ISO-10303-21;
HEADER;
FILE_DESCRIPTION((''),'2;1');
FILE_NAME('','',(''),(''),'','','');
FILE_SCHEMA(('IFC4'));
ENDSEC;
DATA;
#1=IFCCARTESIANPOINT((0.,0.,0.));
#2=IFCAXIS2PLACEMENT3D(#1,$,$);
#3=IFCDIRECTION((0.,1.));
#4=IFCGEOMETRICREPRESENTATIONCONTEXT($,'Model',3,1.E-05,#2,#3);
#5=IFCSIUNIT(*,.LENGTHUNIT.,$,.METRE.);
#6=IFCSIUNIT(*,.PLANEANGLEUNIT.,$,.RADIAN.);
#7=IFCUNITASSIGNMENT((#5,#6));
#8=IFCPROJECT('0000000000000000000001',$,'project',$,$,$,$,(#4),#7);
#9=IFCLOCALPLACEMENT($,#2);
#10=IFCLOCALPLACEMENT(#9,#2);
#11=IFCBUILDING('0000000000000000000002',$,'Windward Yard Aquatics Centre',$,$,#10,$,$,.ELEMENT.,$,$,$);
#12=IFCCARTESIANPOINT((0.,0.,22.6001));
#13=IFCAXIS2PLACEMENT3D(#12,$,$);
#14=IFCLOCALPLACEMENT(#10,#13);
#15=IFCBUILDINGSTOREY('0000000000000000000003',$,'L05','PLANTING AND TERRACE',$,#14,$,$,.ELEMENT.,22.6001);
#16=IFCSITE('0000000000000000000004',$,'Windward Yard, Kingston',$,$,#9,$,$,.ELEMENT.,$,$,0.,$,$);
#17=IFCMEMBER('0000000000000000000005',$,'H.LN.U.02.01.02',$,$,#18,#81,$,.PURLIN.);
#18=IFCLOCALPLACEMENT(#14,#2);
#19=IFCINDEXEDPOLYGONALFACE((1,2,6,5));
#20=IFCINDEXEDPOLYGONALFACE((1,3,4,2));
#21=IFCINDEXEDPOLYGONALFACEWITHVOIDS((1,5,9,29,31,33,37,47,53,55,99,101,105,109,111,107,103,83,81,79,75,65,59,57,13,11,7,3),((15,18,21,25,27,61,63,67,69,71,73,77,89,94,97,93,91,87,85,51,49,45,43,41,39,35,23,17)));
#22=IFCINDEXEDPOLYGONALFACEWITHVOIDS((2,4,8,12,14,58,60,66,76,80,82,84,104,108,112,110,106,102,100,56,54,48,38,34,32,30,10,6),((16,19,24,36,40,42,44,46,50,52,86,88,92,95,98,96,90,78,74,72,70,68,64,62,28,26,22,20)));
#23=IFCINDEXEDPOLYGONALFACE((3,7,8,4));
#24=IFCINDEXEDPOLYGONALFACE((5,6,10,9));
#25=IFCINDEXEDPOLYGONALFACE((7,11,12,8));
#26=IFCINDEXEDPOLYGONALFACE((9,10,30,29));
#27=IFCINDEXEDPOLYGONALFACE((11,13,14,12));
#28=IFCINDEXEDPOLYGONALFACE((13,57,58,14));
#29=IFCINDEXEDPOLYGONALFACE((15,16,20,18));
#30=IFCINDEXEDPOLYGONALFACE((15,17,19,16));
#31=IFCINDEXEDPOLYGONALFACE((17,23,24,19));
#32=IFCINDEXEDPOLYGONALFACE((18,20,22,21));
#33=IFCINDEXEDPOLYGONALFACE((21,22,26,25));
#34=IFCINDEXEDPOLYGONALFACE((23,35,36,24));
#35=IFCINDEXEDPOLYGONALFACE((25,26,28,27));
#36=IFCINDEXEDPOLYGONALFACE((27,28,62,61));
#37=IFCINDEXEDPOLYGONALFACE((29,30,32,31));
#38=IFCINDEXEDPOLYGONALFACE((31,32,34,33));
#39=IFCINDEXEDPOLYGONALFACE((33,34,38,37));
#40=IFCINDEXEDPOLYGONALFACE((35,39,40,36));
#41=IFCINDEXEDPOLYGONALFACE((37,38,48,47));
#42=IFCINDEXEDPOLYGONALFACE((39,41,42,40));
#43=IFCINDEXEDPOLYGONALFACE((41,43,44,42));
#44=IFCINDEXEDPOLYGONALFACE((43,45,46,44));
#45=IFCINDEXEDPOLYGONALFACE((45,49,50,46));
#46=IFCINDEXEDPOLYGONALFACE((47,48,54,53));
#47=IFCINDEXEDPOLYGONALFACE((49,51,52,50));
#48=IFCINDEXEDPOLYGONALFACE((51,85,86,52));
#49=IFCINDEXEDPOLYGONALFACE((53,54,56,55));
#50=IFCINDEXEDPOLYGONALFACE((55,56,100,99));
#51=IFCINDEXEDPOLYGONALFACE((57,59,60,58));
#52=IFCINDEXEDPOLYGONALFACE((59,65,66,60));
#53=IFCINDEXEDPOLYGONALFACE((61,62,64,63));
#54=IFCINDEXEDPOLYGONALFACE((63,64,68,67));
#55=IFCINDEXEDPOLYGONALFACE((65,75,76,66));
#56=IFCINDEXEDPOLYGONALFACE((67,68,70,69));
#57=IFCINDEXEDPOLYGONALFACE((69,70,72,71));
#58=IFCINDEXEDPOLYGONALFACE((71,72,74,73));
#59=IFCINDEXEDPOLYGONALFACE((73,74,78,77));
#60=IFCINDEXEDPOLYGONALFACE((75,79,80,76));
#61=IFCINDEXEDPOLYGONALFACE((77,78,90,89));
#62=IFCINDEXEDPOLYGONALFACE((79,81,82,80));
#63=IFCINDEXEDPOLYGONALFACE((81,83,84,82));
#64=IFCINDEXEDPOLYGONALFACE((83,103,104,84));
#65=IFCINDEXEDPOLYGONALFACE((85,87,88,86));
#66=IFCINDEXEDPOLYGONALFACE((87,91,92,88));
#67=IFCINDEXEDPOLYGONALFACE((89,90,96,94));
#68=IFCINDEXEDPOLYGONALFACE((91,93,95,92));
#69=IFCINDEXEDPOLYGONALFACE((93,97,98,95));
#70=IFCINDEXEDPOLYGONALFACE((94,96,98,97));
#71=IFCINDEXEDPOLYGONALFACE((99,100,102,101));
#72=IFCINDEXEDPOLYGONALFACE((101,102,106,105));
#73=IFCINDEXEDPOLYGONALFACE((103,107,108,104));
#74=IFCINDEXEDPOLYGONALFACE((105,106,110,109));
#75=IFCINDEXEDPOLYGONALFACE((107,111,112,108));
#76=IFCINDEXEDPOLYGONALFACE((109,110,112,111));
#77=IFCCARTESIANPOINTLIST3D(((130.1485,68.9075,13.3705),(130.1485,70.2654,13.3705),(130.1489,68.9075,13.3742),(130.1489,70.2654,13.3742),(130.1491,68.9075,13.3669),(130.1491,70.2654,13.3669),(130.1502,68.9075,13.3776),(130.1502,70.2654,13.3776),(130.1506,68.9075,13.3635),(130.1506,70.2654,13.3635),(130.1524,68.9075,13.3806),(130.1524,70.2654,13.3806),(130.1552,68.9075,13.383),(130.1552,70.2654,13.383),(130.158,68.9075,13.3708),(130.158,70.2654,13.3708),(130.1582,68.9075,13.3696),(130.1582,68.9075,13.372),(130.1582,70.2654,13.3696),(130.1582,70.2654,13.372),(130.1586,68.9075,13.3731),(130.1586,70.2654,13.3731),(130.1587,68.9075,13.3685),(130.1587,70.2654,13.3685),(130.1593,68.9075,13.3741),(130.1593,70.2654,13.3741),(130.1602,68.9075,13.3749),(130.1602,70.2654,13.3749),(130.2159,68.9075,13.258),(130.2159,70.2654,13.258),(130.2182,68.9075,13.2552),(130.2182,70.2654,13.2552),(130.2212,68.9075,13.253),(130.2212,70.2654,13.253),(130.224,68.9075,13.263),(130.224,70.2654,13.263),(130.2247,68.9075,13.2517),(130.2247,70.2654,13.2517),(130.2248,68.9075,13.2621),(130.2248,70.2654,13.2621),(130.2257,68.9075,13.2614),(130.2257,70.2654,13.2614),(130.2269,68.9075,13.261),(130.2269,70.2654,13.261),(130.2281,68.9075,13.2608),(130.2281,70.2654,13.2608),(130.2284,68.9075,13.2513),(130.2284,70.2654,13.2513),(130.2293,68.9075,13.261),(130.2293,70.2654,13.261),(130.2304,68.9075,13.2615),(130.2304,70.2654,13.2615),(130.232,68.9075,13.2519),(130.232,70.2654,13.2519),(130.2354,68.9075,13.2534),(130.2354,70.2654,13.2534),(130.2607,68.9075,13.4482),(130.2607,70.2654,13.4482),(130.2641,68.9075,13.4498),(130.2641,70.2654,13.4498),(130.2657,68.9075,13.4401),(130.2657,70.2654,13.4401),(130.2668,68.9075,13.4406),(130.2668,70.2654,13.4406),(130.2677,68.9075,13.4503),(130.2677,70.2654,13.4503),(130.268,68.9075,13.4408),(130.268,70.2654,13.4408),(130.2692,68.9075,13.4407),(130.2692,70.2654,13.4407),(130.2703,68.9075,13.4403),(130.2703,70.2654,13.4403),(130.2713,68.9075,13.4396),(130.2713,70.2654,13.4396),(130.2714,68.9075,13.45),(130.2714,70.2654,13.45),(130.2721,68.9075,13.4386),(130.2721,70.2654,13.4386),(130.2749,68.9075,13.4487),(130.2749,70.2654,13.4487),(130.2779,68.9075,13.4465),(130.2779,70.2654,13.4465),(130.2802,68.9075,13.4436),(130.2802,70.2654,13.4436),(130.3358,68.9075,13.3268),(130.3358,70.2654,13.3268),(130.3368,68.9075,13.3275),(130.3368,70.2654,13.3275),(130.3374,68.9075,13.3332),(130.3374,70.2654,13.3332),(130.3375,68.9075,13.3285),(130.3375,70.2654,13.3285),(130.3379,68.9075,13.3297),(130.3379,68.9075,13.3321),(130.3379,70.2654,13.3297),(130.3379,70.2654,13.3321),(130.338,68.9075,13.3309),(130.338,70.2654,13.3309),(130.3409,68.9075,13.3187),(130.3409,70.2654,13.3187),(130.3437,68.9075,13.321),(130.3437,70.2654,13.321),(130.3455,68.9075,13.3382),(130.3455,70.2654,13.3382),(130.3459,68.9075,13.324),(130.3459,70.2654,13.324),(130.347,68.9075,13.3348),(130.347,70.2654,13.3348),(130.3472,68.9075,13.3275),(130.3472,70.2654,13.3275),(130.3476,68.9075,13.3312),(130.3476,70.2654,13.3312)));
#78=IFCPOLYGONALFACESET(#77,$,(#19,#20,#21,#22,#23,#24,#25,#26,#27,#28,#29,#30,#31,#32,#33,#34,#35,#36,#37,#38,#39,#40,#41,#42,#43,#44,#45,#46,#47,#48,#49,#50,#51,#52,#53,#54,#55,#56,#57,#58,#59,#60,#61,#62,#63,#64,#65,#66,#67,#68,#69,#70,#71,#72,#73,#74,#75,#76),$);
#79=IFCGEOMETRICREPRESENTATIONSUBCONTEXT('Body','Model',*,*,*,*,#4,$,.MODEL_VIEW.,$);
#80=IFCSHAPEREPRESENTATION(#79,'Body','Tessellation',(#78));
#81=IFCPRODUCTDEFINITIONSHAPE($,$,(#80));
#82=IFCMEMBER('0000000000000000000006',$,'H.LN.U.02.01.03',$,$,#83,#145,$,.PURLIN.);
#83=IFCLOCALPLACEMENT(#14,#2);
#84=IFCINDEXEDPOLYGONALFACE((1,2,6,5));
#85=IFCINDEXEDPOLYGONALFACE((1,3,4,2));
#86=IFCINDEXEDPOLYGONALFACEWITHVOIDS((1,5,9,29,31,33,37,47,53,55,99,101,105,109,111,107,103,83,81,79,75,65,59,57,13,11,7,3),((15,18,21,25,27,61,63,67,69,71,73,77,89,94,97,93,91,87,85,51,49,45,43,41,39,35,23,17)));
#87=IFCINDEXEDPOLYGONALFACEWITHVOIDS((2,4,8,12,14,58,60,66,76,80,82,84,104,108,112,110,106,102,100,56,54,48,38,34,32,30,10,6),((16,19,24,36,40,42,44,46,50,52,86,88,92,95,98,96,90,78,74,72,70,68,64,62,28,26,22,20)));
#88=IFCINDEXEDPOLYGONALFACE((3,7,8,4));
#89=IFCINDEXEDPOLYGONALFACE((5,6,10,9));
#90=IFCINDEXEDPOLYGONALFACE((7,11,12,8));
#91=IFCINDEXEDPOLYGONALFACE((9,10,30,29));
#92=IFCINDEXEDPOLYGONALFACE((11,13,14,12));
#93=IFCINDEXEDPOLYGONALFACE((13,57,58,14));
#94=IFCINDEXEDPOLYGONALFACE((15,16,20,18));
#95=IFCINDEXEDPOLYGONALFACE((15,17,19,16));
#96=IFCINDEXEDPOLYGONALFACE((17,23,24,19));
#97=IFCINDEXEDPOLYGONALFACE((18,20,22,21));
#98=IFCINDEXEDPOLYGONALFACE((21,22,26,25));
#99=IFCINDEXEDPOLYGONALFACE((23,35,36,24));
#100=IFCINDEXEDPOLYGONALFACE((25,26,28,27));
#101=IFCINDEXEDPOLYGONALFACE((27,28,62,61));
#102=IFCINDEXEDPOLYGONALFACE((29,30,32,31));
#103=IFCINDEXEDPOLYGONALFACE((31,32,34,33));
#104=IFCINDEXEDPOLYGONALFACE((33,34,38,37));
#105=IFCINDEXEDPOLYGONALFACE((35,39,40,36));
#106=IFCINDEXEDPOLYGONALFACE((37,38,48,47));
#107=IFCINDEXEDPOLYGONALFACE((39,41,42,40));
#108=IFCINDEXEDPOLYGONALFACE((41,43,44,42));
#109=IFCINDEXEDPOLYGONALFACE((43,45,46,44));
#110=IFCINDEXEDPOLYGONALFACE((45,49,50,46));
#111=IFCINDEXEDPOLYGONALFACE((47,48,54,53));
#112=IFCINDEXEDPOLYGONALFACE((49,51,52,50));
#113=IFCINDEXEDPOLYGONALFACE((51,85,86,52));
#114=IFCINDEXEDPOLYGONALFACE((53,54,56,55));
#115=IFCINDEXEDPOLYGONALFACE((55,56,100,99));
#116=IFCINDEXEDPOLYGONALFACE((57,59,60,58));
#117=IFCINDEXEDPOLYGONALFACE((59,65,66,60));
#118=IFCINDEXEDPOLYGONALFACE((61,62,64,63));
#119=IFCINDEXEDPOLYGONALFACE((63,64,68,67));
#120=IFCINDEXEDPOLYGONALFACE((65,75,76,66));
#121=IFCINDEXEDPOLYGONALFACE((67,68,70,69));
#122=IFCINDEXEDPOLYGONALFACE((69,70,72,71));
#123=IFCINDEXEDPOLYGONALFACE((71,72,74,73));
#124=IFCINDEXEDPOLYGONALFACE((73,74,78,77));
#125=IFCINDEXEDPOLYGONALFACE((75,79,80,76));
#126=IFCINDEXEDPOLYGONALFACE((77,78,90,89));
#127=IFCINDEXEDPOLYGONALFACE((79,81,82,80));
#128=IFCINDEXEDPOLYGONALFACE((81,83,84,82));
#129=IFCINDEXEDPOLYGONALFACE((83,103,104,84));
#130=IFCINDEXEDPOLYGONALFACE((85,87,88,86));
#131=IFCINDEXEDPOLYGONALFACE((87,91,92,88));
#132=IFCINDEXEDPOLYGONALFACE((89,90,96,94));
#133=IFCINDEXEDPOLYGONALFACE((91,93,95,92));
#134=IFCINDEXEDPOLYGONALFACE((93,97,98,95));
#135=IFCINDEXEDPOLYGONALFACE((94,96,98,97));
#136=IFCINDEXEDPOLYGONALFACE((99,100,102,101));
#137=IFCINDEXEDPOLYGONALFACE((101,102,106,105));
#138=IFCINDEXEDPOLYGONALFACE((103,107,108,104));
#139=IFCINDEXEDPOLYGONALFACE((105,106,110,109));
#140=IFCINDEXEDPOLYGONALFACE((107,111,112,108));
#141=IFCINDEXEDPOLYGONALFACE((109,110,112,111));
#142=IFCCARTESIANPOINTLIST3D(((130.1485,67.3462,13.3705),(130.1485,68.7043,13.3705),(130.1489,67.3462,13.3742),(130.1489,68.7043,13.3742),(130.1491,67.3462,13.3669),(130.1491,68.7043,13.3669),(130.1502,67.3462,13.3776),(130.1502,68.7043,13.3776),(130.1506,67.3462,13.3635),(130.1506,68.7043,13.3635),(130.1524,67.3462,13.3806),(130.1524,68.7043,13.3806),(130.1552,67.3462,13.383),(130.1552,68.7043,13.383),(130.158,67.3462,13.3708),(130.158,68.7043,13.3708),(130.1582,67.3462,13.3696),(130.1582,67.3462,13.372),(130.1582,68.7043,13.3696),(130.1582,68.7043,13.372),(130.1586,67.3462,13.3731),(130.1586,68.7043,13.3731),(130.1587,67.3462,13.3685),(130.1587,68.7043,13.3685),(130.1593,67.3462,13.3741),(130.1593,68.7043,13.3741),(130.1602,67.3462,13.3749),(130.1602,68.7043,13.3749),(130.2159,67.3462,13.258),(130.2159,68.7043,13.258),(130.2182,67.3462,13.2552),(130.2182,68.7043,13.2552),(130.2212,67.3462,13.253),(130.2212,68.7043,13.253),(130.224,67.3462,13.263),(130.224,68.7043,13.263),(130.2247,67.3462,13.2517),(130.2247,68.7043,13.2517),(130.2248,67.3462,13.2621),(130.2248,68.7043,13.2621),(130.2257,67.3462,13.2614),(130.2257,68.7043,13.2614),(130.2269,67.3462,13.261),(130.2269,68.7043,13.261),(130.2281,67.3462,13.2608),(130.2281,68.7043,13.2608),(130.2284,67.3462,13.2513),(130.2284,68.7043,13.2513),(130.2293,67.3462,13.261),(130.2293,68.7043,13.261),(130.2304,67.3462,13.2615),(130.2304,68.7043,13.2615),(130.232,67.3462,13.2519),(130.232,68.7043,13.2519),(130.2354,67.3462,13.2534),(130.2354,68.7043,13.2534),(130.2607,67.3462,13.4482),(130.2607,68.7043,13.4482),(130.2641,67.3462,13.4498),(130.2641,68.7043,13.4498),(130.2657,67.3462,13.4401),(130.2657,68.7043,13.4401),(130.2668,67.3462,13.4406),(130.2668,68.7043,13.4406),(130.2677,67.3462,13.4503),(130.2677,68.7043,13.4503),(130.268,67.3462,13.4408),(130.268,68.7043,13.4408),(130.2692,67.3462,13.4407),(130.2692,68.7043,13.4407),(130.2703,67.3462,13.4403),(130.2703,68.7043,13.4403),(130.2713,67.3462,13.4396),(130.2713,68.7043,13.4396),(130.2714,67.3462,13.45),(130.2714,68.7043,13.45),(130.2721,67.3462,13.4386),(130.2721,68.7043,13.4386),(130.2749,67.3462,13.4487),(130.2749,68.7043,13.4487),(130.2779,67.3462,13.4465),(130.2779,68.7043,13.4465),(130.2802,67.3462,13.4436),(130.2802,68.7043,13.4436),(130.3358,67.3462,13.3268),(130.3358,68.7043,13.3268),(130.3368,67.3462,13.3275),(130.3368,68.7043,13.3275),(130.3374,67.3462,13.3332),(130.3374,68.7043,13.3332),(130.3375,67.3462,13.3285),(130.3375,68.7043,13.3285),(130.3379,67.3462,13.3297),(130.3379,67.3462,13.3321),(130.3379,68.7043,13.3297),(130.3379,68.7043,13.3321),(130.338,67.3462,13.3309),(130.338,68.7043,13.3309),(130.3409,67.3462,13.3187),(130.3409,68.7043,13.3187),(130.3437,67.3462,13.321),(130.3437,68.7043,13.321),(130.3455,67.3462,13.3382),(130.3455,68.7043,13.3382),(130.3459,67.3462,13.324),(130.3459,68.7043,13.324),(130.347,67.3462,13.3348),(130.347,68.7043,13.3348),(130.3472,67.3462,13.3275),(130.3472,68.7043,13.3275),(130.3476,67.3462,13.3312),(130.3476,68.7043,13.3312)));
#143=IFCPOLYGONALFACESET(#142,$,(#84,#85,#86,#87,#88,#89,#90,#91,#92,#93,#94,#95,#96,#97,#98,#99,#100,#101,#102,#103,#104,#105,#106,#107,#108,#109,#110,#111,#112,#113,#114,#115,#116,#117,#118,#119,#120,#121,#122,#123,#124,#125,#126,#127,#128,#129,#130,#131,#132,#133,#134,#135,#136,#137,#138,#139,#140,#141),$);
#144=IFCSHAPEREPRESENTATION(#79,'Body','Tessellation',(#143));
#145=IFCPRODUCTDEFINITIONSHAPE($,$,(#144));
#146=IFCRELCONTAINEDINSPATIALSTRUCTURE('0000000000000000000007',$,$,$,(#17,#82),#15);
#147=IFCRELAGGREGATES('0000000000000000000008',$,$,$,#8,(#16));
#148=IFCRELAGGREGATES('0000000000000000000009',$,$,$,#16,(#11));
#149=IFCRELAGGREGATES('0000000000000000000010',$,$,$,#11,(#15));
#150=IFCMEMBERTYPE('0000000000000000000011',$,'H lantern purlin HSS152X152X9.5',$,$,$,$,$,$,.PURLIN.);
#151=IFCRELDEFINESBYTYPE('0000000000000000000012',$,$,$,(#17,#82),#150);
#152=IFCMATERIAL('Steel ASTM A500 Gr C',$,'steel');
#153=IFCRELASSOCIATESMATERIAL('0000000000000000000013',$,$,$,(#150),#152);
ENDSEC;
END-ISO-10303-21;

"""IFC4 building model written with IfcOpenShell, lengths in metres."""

from ifc_helpers import new_model, si_unit, direction, frame, origin, origin_2d, place, context, subcontext, project, spatial, hollow_rectangle, extrude, material, material_profile, profile_set, type_object, element, save


model = new_model("IFC4")

# Units and contexts
model_context = context("Model", 3, precision=1e-05, world=origin(), true_north=direction((0.0, 1.0)))
body_context = subcontext(model_context, "Body", "Model", "MODEL_VIEW")
ifc_project = project(units=[si_unit("LENGTHUNIT", "METRE"), si_unit("PLANEANGLEUNIT", "RADIAN")], contexts=[model_context])

# Site, building, storey
site_placement = place(None, origin())
site = spatial("IfcSite", under=ifc_project, at=site_placement, Name="Windward Yard, Kingston", CompositionType="ELEMENT", RefElevation=0.0)
building_placement = place(site_placement, origin())
building = spatial("IfcBuilding", under=site, at=building_placement, Name="Windward Yard Aquatics Centre", CompositionType="ELEMENT")
storey_placement = place(building_placement, frame((0.0, 0.0, 22.6001)))
storey = spatial("IfcBuildingStorey", under=building, at=storey_placement, Name="L05", Description="PLANTING AND TERRACE", CompositionType="ELEMENT", Elevation=22.6001)

# Members
ifc_material_1 = material(Name="Steel ASTM A500 Gr C", Category="steel")
ifc_material_profile = material_profile(ifc_material_1, hollow_rectangle(XDim=0.1523, YDim=0.1523, WallThickness=0.0095, InnerFilletRadius=0.0046, OuterFilletRadius=0.0142, at=origin_2d()), Name="HSS152X152X9.5")
ifc_profile_set = profile_set([ifc_material_profile], Name="Steel ASTM A500 Gr C")
member_type = type_object("IfcMemberType", Name="H lantern purlin HSS152X152X9.5", PredefinedType="PURLIN", material=ifc_profile_set)
member_1_placement = place(storey_placement, frame((130.248, 70.2654, 13.3508), z_axis=(0.0, -1.0, 0.0), x_axis=(0.526172, 0.0, -0.850378)))
element("IfcMember", 1, at=member_1_placement, inside=storey, type_object=member_type, Name="H.LN.U.02.01.02", PredefinedType="PURLIN", context=body_context, shape_type="SweptSolid", body=[
    extrude(hollow_rectangle(XDim=0.1523, YDim=0.1523, WallThickness=0.0095, InnerFilletRadius=0.0046, OuterFilletRadius=0.0142, at=origin_2d()), origin(), (0.0, 0.0, 1.0), 1.3579),
])
member_2_placement = place(storey_placement, frame((130.248, 68.7043, 13.3508), z_axis=(0.0, -1.0, 0.0), x_axis=(0.526172, 0.0, -0.850378)))
element("IfcMember", 2, at=member_2_placement, inside=storey, type_object=member_type, Name="H.LN.U.02.01.03", PredefinedType="PURLIN", context=body_context, shape_type="SweptSolid", body=[
    extrude(hollow_rectangle(XDim=0.1523, YDim=0.1523, WallThickness=0.0095, InnerFilletRadius=0.0046, OuterFilletRadius=0.0142, at=origin_2d()), origin(), (0.0, 0.0, 1.0), 1.3582),
])

save(model, "model.ifc")
